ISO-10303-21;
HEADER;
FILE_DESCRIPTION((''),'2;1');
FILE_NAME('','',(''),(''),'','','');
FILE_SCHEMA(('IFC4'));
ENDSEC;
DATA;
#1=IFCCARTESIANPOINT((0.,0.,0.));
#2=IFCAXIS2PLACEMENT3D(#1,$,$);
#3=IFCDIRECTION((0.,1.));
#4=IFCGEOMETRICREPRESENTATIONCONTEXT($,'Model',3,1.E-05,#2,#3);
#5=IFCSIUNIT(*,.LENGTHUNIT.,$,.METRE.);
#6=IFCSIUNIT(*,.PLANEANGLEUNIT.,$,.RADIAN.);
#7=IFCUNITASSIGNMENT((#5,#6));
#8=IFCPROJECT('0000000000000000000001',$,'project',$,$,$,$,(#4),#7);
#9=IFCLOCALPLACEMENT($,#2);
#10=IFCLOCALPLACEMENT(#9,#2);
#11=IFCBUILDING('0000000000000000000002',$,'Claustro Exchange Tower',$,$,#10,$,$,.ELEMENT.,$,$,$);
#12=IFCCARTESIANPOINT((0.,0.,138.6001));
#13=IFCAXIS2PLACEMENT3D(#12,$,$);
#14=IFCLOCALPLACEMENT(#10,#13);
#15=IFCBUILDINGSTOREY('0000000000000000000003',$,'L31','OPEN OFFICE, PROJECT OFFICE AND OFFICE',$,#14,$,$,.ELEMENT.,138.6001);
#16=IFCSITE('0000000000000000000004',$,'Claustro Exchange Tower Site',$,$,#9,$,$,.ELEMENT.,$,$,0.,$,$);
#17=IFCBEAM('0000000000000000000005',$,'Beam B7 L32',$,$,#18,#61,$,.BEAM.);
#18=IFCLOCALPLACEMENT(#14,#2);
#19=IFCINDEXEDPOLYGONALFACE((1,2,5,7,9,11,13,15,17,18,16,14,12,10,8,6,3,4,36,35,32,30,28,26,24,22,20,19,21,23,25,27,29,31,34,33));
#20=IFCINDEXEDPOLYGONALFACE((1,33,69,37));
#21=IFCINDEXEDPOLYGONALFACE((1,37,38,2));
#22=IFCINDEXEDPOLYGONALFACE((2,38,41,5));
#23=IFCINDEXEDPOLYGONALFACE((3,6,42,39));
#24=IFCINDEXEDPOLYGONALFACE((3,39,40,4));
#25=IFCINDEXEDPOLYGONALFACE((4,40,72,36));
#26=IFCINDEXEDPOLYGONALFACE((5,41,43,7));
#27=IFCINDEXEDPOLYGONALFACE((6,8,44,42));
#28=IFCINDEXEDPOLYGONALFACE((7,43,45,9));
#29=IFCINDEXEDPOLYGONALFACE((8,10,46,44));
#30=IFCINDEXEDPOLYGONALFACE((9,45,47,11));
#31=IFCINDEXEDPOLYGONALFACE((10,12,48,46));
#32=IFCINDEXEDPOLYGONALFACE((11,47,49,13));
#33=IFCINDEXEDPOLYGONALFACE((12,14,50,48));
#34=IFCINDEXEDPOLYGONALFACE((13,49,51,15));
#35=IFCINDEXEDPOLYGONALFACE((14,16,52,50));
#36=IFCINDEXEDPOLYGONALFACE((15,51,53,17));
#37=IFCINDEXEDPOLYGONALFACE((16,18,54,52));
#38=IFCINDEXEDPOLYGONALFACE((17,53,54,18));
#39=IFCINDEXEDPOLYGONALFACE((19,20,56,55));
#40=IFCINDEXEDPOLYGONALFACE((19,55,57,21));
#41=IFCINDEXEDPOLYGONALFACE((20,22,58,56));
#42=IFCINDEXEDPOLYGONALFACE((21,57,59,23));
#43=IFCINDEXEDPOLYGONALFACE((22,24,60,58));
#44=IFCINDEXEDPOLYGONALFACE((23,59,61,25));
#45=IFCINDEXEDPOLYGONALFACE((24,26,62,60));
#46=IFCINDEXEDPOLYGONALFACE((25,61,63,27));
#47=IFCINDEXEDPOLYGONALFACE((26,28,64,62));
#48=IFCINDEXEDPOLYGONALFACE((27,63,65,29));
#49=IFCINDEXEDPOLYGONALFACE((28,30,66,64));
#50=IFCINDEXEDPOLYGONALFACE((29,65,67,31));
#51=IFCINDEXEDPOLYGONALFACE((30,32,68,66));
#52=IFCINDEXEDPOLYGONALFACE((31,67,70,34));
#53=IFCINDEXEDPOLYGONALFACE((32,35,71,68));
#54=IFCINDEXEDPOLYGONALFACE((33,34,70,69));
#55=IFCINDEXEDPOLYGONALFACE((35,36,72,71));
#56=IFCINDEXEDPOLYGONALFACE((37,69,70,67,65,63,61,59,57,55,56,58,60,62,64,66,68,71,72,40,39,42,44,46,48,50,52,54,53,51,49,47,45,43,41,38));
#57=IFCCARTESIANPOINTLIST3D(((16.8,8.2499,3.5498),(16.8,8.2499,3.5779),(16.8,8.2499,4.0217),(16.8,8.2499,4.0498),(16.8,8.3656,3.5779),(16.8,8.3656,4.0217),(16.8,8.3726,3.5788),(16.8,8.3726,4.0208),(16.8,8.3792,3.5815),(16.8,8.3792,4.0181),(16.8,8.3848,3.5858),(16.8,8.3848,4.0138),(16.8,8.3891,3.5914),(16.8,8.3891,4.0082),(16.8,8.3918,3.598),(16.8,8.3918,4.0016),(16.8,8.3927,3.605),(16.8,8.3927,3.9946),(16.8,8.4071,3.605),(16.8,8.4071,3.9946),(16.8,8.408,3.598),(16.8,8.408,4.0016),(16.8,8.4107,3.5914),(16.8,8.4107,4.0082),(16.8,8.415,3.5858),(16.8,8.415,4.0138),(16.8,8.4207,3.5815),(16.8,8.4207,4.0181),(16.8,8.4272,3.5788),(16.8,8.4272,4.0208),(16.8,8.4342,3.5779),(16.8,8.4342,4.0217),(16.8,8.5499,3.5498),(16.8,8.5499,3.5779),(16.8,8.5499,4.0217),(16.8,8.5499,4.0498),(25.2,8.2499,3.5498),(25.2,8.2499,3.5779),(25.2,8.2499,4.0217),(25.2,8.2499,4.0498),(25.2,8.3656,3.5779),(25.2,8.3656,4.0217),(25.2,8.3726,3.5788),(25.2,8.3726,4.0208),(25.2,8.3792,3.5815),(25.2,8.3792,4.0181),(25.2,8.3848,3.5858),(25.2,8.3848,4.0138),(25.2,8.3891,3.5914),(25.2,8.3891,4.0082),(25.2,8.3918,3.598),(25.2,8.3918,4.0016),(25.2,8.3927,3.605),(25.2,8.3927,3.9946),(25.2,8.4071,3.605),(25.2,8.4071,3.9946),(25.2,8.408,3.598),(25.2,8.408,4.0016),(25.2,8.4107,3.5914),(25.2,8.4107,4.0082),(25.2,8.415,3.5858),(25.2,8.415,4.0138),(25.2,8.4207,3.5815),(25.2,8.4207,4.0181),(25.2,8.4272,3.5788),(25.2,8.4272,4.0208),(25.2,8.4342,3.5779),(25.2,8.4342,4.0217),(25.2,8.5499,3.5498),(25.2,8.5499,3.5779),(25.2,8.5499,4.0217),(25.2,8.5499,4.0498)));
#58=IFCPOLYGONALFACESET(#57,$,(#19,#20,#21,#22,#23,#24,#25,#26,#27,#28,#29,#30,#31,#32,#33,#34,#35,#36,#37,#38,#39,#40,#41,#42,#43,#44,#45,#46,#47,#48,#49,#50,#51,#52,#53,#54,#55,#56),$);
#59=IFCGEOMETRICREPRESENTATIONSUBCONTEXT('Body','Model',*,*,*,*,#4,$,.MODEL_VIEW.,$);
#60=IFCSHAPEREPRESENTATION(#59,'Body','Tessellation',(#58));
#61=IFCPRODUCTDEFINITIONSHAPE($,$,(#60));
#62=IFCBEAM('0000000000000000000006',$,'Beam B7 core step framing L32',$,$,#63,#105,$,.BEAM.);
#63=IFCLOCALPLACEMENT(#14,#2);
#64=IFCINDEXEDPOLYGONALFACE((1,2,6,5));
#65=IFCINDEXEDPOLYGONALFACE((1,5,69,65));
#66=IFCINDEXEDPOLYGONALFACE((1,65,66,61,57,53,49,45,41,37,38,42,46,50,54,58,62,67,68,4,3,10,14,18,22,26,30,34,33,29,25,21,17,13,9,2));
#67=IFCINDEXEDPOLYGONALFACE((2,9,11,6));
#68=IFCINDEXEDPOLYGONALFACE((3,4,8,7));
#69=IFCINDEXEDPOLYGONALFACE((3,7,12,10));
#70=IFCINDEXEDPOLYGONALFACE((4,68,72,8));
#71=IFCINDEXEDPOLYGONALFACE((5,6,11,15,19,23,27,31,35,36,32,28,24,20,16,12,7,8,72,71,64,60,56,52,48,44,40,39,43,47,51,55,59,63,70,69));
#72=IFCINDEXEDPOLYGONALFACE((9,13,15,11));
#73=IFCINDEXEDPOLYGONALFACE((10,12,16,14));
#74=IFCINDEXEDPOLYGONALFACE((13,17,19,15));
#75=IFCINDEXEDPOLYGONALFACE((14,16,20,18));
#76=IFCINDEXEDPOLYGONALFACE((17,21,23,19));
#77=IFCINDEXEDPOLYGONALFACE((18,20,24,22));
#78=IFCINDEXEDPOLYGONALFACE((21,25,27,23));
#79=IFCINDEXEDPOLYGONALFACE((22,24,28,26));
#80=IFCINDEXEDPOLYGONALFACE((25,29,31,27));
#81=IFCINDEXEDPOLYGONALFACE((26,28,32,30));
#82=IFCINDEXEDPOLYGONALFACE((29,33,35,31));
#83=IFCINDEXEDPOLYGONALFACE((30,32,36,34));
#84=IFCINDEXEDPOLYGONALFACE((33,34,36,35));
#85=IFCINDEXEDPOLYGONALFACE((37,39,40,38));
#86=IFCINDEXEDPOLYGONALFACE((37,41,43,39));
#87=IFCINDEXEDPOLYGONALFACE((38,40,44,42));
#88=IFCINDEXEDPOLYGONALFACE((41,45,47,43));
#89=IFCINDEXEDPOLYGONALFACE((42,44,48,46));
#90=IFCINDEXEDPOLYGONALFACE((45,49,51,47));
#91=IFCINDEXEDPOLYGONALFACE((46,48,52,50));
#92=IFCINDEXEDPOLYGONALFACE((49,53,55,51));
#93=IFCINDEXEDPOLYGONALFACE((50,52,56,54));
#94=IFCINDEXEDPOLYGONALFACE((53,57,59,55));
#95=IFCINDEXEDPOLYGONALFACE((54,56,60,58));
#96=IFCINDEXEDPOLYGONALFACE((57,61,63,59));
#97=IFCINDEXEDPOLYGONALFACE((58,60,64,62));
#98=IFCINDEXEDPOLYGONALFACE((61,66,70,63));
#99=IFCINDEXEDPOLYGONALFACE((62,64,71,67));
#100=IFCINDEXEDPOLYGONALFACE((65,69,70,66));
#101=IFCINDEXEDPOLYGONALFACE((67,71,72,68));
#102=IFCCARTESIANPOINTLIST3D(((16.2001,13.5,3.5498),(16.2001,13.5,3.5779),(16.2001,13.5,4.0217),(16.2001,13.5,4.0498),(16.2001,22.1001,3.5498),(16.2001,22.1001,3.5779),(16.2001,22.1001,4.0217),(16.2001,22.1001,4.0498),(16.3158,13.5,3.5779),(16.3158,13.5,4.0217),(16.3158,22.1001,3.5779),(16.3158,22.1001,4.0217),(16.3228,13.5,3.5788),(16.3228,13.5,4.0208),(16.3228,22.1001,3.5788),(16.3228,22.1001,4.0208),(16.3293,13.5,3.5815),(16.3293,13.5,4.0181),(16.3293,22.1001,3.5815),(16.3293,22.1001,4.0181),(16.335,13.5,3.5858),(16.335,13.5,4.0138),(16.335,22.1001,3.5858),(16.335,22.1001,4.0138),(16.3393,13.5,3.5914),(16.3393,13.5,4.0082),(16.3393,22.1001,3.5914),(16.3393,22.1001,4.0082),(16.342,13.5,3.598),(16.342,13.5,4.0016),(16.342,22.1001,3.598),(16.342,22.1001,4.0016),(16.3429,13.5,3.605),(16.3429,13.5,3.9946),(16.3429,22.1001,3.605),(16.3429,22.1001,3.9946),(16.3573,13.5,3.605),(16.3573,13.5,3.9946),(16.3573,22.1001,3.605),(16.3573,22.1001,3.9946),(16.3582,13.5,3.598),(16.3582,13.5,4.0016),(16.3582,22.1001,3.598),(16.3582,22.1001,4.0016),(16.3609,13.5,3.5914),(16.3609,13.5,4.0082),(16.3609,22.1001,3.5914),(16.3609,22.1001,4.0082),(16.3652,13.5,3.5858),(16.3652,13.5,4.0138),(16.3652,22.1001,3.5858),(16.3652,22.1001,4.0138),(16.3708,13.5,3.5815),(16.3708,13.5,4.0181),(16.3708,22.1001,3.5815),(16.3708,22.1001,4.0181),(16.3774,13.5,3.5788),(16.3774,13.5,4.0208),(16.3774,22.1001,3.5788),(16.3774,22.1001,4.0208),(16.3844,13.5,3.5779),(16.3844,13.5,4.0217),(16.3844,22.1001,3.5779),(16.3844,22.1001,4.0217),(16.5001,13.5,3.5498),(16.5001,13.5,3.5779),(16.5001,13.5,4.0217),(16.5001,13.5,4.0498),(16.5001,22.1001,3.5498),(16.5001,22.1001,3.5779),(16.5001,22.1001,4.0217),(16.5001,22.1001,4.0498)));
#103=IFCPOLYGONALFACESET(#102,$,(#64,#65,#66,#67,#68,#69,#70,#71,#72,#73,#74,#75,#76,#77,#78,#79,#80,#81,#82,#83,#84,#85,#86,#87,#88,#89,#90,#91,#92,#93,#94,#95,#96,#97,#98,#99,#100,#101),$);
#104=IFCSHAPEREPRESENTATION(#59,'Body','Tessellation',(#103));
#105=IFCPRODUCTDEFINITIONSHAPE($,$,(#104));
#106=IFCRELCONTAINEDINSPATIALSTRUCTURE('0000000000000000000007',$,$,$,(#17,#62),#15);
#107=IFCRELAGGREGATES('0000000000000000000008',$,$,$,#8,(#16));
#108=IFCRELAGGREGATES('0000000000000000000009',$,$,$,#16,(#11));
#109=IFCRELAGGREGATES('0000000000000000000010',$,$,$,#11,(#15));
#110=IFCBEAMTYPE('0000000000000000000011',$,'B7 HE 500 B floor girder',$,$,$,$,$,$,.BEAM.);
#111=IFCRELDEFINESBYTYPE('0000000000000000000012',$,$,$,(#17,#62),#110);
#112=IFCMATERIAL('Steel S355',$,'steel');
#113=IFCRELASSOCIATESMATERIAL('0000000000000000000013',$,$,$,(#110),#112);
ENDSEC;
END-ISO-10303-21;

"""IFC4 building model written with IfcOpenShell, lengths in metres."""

from ifc_helpers import new_model, si_unit, direction, frame, origin, origin_2d, place, context, subcontext, project, spatial, i_section, extrude, material, material_profile, profile_set, type_object, element, save


model = new_model("IFC4")

# Units and contexts
model_context = context("Model", 3, precision=1e-05, world=origin(), true_north=direction((0.0, 1.0)))
body_context = subcontext(model_context, "Body", "Model", "MODEL_VIEW")
ifc_project = project(units=[si_unit("LENGTHUNIT", "METRE"), si_unit("PLANEANGLEUNIT", "RADIAN")], contexts=[model_context])

# Site, building, storey
site_placement = place(None, origin())
site = spatial("IfcSite", under=ifc_project, at=site_placement, Name="Claustro Exchange Tower Site", CompositionType="ELEMENT", RefElevation=0.0)
building_placement = place(site_placement, origin())
building = spatial("IfcBuilding", under=site, at=building_placement, Name="Claustro Exchange Tower", CompositionType="ELEMENT")
storey_placement = place(building_placement, frame((0.0, 0.0, 138.6001)))
storey = spatial("IfcBuildingStorey", under=building, at=storey_placement, Name="L31", Description="OPEN OFFICE, PROJECT OFFICE AND OFFICE", CompositionType="ELEMENT", Elevation=138.6001)

# Beams
ifc_material_1 = material(Name="Steel S355", Category="steel")
ifc_material_profile_1 = material_profile(ifc_material_1, i_section(OverallWidth=0.3, OverallDepth=0.5, WebThickness=0.0144, FlangeThickness=0.0281, FilletRadius=0.0271, at=origin_2d()), Name="HE 500 B")
ifc_profile_set_1 = profile_set([ifc_material_profile_1], Name="Steel S355")
beam_type_1 = type_object("IfcBeamType", Name="B7 HE 500 B floor girder", PredefinedType="BEAM", material=ifc_profile_set_1)
beam_1_placement = place(storey_placement, frame((16.8, 8.3999, 3.7998), z_axis=(1.0, 0.0, 0.0), x_axis=(0.0, 1.0, 0.0)))
element("IfcBeam", 1, at=beam_1_placement, inside=storey, type_object=beam_type_1, Name="Beam B7 L32", PredefinedType="BEAM", context=body_context, shape_type="SweptSolid", body=[
    extrude(i_section(OverallWidth=0.3, OverallDepth=0.5, WebThickness=0.0144, FlangeThickness=0.0281, FilletRadius=0.0271, at=origin_2d()), origin(), (0.0, 0.0, 1.0), 8.3999),
])
beam_2_placement = place(storey_placement, frame((16.3501, 13.5, 3.7998), z_axis=(0.0, 1.0, 0.0), x_axis=(-1.0, 0.0, 0.0)))
element("IfcBeam", 2, at=beam_2_placement, inside=storey, type_object=beam_type_1, Name="Beam B7 core step framing L32", PredefinedType="BEAM", context=body_context, shape_type="SweptSolid", body=[
    extrude(i_section(OverallWidth=0.3, OverallDepth=0.5, WebThickness=0.0144, FlangeThickness=0.0281, FilletRadius=0.0271, at=origin_2d()), origin(), (0.0, 0.0, 1.0), 8.6001),
])

save(model, "model.ifc")
